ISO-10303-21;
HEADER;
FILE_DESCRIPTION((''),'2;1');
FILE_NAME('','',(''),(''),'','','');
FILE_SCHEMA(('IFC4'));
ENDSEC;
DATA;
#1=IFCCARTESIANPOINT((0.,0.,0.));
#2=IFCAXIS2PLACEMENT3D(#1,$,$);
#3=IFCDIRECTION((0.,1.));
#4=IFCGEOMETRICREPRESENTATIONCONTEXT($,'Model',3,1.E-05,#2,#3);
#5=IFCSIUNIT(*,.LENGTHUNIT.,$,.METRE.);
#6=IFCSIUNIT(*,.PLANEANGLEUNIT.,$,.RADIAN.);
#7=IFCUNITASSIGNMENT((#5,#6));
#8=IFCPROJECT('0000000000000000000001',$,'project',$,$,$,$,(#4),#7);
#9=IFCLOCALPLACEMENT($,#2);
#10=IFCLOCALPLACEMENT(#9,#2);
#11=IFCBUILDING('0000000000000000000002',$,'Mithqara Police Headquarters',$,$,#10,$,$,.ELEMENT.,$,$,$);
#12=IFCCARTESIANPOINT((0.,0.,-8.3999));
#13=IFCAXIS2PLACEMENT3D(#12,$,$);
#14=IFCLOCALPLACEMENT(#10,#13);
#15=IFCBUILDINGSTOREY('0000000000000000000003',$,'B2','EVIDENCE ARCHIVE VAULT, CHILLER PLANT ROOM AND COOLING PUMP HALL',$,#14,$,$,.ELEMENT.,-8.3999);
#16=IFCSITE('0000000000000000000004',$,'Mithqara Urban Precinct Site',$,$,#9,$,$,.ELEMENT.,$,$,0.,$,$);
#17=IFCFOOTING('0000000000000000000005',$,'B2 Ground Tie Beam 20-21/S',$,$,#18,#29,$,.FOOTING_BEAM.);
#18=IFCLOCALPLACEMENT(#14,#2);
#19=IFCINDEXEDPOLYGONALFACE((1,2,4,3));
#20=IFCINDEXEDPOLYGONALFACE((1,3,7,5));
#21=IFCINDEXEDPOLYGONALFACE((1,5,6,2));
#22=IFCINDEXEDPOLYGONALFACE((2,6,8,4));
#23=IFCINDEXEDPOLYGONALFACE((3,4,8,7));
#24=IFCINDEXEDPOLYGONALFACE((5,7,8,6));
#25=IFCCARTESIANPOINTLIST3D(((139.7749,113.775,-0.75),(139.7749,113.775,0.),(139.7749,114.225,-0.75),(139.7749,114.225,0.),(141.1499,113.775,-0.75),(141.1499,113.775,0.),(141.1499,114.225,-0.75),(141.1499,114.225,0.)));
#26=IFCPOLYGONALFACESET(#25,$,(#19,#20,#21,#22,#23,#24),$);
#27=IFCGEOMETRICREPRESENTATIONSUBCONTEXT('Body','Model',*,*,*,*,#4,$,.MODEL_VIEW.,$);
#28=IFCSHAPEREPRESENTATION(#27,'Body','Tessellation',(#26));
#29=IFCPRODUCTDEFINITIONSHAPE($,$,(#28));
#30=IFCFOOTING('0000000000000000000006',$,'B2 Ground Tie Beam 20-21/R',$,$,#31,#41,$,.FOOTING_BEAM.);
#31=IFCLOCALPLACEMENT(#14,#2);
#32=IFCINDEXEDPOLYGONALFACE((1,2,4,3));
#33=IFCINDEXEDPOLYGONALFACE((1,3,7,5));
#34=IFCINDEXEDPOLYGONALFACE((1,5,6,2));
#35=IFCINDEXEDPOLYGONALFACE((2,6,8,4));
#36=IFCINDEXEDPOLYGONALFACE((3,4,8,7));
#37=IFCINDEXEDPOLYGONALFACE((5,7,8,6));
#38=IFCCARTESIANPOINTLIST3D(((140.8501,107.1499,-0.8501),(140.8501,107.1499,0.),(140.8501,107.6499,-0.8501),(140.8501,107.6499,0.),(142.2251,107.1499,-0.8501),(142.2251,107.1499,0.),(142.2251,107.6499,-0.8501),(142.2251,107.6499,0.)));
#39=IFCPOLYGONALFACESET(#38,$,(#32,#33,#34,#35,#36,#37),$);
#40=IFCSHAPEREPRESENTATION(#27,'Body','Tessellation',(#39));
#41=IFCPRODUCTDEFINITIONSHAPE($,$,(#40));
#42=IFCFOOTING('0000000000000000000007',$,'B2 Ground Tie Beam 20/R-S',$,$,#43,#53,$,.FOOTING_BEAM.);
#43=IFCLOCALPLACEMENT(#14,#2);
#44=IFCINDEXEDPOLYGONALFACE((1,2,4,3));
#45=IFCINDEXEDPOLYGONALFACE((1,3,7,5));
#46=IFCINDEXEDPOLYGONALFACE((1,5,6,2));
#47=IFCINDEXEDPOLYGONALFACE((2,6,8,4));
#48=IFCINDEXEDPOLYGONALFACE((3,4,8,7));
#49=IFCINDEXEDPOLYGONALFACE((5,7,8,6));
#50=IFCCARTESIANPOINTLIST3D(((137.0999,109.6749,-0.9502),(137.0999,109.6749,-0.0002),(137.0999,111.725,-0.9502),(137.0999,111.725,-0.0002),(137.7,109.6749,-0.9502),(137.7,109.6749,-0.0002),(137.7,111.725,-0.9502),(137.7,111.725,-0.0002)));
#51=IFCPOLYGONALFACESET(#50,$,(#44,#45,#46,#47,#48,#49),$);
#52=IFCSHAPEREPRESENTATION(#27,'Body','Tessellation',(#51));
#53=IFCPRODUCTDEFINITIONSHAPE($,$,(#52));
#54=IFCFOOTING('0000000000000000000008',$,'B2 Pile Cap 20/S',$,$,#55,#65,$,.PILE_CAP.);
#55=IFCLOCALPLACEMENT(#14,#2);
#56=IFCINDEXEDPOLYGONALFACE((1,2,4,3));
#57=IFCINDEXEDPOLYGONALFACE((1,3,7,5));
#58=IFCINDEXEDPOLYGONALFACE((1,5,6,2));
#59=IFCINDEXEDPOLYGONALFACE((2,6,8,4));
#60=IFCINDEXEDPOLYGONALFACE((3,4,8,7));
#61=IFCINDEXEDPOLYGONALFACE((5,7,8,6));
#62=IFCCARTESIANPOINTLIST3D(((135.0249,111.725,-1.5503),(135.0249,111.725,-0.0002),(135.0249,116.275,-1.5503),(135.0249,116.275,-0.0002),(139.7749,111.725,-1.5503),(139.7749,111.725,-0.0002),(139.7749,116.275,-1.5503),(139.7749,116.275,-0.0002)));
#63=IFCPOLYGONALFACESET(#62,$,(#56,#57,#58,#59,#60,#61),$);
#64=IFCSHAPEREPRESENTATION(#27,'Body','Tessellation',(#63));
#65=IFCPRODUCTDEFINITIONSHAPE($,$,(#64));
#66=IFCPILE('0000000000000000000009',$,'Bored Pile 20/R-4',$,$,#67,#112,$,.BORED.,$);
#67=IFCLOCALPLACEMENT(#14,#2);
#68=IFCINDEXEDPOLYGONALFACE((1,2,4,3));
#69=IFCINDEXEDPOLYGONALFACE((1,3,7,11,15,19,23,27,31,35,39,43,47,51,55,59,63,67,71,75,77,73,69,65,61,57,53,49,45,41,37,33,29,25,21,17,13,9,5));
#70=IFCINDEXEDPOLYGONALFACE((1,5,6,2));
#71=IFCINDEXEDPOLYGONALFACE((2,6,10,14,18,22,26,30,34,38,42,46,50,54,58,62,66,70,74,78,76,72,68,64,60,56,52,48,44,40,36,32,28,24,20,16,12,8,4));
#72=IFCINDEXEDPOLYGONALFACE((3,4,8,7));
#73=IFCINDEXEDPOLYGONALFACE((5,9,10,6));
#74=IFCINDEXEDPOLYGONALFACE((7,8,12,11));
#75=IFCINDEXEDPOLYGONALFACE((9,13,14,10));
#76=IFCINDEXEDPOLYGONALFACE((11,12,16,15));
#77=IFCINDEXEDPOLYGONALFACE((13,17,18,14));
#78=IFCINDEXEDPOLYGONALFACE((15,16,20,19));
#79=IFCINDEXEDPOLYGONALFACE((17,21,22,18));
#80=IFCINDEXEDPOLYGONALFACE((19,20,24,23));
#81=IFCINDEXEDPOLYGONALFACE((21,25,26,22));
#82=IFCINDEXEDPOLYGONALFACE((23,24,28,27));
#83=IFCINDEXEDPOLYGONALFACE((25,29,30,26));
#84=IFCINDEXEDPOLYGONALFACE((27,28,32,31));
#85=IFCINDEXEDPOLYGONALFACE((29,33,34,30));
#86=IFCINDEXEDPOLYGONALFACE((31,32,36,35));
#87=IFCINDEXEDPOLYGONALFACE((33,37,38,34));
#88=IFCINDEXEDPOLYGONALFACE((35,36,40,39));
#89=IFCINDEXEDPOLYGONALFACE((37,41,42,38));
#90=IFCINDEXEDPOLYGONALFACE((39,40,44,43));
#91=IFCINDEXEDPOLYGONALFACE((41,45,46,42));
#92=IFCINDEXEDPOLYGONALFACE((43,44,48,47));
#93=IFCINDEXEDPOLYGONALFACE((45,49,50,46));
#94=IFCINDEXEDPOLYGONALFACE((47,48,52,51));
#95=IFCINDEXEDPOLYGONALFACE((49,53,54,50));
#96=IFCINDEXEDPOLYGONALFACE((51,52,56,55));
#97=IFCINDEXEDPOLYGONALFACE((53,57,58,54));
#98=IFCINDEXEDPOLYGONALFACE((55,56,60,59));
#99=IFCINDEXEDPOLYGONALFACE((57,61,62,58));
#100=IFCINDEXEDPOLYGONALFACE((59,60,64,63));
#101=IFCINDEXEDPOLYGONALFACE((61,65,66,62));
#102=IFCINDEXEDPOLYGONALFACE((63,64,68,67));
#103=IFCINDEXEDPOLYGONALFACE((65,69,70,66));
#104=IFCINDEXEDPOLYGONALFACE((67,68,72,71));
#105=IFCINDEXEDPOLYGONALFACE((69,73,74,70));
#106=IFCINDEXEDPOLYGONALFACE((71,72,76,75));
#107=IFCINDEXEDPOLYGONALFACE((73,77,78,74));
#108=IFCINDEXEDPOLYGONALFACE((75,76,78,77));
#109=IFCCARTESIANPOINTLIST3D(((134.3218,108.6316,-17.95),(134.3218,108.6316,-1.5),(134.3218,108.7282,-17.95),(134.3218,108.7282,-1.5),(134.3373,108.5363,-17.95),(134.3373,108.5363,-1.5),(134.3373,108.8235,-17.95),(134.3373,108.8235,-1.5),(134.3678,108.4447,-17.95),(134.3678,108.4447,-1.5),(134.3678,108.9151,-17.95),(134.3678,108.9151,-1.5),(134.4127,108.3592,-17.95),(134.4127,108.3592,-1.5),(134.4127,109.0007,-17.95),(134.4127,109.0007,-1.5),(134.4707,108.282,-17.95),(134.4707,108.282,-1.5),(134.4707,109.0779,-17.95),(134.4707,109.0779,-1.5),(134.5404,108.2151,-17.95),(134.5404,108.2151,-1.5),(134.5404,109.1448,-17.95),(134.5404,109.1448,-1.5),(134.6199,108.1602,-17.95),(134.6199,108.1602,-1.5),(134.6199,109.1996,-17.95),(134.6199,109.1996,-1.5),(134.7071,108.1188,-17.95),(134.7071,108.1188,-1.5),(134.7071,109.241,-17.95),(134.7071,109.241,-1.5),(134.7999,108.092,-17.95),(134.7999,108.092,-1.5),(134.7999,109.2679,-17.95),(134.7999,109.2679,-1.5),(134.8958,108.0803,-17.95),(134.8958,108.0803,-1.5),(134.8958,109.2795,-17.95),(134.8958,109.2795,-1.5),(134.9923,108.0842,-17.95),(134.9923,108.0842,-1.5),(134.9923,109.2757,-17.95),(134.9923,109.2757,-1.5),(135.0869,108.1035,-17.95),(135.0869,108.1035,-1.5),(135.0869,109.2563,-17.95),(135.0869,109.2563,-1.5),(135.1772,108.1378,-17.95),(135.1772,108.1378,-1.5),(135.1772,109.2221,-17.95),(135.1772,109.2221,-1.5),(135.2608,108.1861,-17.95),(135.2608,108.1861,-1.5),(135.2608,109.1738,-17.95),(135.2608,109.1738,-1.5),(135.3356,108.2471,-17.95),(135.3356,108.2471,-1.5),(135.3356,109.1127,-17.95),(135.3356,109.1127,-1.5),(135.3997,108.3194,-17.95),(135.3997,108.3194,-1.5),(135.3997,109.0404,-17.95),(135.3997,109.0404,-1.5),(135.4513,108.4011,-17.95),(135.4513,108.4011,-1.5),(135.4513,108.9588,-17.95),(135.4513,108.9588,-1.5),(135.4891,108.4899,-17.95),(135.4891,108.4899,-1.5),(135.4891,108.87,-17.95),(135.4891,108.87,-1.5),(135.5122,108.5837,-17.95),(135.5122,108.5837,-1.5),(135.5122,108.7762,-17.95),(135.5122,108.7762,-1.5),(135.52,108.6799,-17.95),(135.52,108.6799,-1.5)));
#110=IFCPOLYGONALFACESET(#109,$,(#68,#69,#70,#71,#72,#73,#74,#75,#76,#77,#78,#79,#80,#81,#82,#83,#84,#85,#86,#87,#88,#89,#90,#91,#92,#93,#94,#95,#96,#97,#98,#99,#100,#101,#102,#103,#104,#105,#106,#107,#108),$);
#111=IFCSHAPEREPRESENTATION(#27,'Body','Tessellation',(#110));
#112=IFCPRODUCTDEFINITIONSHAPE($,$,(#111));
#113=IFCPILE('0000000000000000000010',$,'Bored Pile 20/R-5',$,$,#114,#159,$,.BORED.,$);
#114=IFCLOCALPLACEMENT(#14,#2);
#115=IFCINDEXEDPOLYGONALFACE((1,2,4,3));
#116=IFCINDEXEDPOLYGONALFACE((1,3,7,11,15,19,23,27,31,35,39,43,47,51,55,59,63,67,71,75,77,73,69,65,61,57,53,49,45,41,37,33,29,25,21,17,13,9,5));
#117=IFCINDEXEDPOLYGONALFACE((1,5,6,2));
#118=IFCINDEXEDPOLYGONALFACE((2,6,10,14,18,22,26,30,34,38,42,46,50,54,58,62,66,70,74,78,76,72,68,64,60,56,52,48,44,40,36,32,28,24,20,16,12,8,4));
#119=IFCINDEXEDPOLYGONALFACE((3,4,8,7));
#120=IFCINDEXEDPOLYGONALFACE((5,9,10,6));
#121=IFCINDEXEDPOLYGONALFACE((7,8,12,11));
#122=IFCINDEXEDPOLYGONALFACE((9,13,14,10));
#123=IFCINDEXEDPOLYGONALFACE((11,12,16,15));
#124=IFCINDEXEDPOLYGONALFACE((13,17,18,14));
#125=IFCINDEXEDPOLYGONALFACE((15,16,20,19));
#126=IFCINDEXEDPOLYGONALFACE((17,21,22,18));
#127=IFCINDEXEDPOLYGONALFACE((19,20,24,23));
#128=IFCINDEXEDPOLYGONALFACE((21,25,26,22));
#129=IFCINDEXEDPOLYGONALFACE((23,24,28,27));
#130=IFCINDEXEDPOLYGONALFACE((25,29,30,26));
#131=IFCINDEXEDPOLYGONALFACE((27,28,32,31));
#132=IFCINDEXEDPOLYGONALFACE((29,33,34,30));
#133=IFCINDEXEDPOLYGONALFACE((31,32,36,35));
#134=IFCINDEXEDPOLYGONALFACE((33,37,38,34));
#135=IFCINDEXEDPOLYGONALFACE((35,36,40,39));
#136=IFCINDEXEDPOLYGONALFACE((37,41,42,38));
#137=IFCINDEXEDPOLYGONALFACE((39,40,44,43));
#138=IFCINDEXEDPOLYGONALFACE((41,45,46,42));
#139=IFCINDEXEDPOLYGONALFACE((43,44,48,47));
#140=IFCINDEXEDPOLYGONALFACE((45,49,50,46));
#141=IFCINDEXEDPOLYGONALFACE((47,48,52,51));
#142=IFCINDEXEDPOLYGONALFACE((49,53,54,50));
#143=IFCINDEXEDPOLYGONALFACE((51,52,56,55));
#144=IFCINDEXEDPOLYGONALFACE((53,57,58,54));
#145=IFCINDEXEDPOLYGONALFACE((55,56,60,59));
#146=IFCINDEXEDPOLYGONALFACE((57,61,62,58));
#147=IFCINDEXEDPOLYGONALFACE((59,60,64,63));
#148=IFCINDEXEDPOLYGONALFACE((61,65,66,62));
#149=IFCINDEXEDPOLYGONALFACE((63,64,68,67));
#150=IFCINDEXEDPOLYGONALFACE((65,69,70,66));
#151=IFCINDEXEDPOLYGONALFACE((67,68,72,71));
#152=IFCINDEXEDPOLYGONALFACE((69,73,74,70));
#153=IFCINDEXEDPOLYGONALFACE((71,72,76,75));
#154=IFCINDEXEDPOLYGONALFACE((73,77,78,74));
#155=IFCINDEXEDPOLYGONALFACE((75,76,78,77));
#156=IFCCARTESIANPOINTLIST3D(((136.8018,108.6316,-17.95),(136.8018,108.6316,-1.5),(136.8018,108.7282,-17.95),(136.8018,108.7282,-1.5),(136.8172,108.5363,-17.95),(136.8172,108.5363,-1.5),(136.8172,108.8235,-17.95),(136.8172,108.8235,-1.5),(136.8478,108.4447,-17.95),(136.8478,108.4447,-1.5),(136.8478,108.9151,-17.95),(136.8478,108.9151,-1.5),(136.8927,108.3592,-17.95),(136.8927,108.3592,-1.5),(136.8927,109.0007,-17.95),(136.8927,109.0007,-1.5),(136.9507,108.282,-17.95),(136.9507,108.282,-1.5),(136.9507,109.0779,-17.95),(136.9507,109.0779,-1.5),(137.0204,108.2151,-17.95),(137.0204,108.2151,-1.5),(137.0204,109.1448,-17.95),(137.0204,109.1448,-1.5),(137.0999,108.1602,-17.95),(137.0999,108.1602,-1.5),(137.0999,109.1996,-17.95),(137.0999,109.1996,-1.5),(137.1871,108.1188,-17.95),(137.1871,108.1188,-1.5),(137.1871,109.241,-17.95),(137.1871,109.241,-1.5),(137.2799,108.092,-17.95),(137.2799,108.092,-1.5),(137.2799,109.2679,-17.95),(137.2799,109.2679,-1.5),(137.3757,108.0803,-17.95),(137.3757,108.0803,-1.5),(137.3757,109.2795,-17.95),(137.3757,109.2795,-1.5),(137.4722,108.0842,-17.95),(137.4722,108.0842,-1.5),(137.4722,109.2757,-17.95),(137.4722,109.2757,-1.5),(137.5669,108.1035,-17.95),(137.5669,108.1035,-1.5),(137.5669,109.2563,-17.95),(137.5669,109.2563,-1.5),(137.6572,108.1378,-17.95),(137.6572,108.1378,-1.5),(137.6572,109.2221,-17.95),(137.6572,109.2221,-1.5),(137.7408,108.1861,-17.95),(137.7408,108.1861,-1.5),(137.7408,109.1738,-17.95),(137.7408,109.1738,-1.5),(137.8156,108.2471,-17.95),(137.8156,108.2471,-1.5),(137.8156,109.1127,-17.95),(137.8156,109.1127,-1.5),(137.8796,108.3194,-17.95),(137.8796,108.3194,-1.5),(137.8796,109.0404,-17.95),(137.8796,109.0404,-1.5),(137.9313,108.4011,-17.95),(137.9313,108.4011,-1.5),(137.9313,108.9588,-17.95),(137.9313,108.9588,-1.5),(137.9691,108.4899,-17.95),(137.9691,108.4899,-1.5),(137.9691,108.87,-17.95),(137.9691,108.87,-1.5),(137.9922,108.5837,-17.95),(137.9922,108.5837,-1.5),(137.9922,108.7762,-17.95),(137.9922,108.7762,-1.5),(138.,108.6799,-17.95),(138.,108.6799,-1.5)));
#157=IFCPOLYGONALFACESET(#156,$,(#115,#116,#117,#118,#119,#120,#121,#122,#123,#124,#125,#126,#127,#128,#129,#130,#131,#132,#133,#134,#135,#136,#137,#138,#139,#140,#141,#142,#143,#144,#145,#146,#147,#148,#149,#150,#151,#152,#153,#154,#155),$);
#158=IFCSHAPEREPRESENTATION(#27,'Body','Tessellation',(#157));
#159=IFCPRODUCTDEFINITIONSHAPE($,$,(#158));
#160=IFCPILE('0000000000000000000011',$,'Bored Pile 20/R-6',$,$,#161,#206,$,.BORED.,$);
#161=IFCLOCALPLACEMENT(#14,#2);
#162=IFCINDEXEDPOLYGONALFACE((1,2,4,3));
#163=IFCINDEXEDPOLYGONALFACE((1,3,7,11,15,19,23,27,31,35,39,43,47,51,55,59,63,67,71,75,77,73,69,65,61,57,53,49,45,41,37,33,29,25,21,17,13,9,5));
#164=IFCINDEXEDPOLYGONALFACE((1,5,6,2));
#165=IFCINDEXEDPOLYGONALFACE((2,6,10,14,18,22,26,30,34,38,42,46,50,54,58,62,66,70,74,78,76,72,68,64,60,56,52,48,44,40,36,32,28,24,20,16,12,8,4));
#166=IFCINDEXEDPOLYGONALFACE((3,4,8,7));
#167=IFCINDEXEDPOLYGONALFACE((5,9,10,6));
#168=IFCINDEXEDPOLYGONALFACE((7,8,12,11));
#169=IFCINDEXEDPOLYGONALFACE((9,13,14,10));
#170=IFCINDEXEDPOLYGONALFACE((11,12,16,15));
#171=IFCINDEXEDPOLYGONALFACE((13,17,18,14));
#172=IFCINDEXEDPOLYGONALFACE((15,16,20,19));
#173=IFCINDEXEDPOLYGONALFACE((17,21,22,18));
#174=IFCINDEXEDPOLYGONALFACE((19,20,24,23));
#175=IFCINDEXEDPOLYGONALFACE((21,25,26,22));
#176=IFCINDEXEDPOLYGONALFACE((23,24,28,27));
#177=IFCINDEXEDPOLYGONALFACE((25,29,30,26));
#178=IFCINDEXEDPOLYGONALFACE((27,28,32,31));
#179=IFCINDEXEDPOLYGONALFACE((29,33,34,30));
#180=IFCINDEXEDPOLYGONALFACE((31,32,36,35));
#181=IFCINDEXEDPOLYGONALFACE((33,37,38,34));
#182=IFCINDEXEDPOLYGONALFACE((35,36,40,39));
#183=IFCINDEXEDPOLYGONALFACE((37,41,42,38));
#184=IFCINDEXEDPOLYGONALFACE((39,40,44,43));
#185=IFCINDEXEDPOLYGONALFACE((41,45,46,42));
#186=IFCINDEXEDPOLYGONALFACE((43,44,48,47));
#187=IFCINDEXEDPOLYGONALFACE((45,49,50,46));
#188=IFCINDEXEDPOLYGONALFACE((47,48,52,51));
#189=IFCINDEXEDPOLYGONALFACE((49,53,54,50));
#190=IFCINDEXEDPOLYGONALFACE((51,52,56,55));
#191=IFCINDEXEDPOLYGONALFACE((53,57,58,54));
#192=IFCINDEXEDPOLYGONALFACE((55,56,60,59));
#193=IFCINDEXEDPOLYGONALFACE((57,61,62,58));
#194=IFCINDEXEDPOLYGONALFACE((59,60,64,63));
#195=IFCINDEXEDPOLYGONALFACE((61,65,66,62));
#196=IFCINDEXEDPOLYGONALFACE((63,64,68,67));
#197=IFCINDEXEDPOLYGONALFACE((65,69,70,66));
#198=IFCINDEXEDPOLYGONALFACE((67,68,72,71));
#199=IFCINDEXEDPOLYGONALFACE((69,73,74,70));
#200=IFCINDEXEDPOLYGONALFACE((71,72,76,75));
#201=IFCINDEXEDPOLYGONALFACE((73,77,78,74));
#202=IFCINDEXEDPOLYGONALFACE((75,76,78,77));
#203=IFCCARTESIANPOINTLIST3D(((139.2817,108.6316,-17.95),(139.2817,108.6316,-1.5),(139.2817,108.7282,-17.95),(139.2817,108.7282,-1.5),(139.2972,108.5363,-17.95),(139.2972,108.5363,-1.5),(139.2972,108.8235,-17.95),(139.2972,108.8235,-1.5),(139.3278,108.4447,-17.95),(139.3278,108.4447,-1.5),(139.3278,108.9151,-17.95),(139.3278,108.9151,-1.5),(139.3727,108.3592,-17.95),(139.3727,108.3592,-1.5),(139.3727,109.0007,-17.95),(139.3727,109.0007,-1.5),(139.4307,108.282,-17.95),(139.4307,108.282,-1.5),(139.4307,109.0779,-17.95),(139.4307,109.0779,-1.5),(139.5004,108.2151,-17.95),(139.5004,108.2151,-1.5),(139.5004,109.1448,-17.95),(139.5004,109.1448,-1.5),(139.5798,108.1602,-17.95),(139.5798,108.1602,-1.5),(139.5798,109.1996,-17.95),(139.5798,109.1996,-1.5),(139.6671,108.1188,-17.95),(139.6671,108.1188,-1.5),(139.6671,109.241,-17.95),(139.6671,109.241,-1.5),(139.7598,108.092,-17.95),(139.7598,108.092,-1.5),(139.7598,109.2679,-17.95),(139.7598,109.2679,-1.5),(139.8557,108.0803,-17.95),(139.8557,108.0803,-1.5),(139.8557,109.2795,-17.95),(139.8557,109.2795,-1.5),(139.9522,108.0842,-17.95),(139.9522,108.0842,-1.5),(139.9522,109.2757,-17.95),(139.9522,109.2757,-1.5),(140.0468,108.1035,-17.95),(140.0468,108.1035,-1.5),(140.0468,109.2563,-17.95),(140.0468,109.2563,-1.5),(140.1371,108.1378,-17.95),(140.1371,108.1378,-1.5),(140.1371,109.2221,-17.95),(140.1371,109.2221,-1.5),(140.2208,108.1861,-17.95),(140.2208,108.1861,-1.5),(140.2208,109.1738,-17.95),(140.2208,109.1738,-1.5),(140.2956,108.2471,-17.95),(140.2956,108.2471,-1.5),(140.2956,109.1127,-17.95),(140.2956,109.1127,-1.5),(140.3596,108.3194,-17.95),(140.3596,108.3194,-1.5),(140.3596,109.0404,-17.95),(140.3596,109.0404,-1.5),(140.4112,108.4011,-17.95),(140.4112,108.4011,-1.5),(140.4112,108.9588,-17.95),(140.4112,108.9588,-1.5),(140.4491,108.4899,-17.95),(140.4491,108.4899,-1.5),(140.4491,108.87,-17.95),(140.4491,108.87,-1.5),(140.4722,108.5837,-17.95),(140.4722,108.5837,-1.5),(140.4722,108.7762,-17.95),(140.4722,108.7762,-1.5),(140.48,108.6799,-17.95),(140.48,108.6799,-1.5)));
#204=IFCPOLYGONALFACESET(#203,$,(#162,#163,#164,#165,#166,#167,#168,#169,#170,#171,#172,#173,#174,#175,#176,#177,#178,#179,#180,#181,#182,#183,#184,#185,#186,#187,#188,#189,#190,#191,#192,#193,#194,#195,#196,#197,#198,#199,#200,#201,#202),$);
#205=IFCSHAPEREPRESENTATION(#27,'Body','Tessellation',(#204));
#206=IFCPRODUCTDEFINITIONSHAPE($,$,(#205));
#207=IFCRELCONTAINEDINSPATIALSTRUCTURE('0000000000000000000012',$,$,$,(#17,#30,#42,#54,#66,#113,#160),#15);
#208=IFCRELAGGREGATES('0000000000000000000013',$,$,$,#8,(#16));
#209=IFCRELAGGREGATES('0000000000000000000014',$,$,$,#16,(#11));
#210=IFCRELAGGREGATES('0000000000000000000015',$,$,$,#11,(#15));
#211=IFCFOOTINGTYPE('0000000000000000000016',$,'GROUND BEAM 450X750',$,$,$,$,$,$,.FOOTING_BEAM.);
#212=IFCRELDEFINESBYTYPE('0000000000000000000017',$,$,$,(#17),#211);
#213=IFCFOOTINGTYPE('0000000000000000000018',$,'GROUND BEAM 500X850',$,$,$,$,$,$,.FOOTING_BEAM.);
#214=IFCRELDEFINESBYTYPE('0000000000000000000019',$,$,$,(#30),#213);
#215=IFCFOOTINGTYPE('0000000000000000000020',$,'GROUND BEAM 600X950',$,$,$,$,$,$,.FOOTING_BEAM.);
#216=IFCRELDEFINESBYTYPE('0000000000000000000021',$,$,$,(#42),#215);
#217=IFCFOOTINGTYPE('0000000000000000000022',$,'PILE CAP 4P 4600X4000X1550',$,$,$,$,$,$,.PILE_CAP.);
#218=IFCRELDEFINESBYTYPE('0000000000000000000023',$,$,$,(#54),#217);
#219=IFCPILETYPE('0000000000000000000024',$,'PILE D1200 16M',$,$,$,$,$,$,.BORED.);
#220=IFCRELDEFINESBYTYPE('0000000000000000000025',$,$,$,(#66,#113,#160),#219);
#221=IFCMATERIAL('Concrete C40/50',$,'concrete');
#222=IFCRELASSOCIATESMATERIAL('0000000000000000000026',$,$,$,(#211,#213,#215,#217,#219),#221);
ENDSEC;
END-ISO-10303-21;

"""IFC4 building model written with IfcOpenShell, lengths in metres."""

from ifc_helpers import new_model, si_unit, direction, frame, origin, origin_2d, place, context, subcontext, project, spatial, rectangle, circle, extrude, material, material_profile, profile_set, type_object, element, save


model = new_model("IFC4")

# Units and contexts
model_context = context("Model", 3, precision=1e-05, world=origin(), true_north=direction((0.0, 1.0)))
body_context = subcontext(model_context, "Body", "Model", "MODEL_VIEW")
ifc_project = project(units=[si_unit("LENGTHUNIT", "METRE"), si_unit("PLANEANGLEUNIT", "RADIAN")], contexts=[model_context])

# Site, building, storey
site_placement = place(None, origin())
site = spatial("IfcSite", under=ifc_project, at=site_placement, Name="Mithqara Urban Precinct Site", CompositionType="ELEMENT", RefElevation=0.0)
building_placement = place(site_placement, origin())
building = spatial("IfcBuilding", under=site, at=building_placement, Name="Mithqara Police Headquarters", CompositionType="ELEMENT")
storey_placement = place(building_placement, frame((0.0, 0.0, -8.3999)))
storey = spatial("IfcBuildingStorey", under=building, at=storey_placement, Name="B2", Description="EVIDENCE ARCHIVE VAULT, CHILLER PLANT ROOM AND COOLING PUMP HALL", CompositionType="ELEMENT", Elevation=-8.3999)

# Footings
ifc_material_1 = material(Name="Concrete C40/50", Category="concrete")
footing_type_1 = type_object("IfcFootingType", Name="GROUND BEAM 450X750", PredefinedType="FOOTING_BEAM", material=ifc_material_1)
footing_1_placement = place(storey_placement, frame((140.4624, 114.0, -0.75), z_axis=(0.0, 0.0, 1.0), x_axis=(1.0, 0.0, 0.0)))
element("IfcFooting", 1, at=footing_1_placement, inside=storey, type_object=footing_type_1, Name="B2 Ground Tie Beam 20-21/S", PredefinedType="FOOTING_BEAM", context=body_context, shape_type="SweptSolid", body=[
    extrude(rectangle(XDim=1.375, YDim=0.45, at=origin_2d()), origin(), (0.0, 0.0, 1.0), 0.75),
])
footing_type_2 = type_object("IfcFootingType", Name="GROUND BEAM 500X850", PredefinedType="FOOTING_BEAM", material=ifc_material_1)
footing_2_placement = place(storey_placement, frame((141.5376, 107.3999, -0.8501), z_axis=(0.0, 0.0, 1.0), x_axis=(1.0, 0.0, 0.0)))
element("IfcFooting", 2, at=footing_2_placement, inside=storey, type_object=footing_type_2, Name="B2 Ground Tie Beam 20-21/R", PredefinedType="FOOTING_BEAM", context=body_context, shape_type="SweptSolid", body=[
    extrude(rectangle(XDim=1.375, YDim=0.5, at=origin_2d()), origin(), (0.0, 0.0, 1.0), 0.8501),
])
footing_type_3 = type_object("IfcFootingType", Name="GROUND BEAM 600X950", PredefinedType="FOOTING_BEAM", material=ifc_material_1)
footing_3_placement = place(storey_placement, frame((137.3999, 110.7, -0.9502), z_axis=(0.0, 0.0, 1.0), x_axis=(1.0, 0.0, 0.0)))
element("IfcFooting", 3, at=footing_3_placement, inside=storey, type_object=footing_type_3, Name="B2 Ground Tie Beam 20/R-S", PredefinedType="FOOTING_BEAM", context=body_context, shape_type="SweptSolid", body=[
    extrude(rectangle(XDim=0.6001, YDim=2.05, at=origin_2d()), origin(), (0.0, 0.0, 1.0), 0.95),
])
footing_type_4 = type_object("IfcFootingType", Name="PILE CAP 4P 4600X4000X1550", PredefinedType="PILE_CAP", material=ifc_material_1)
footing_4_placement = place(storey_placement, frame((137.3999, 114.0, -1.5503), z_axis=(0.0, 0.0, 1.0), x_axis=(1.0, 0.0, 0.0)))
element("IfcFooting", 4, at=footing_4_placement, inside=storey, type_object=footing_type_4, Name="B2 Pile Cap 20/S", PredefinedType="PILE_CAP", context=body_context, shape_type="SweptSolid", body=[
    extrude(rectangle(XDim=4.75, YDim=4.55, at=origin_2d()), origin(), (0.0, 0.0, 1.0), 1.55),
])

# Piles
ifc_material_profile_1 = material_profile(ifc_material_1, circle(Radius=0.6001, at=origin_2d()), Name="PILE D1200")
ifc_profile_set_1 = profile_set([ifc_material_profile_1], Name="Concrete C40/50")
pile_type = type_object("IfcPileType", Name="PILE D1200 16M", PredefinedType="BORED", material=ifc_profile_set_1)
for number, where, z_axis, x_axis, name in (
    (5, (134.9199, 108.6799, -1.5), (0.0, 0.0, -1.0), (1.0, 0.0, 0.0), "Bored Pile 20/R-4"),
    (6, (137.3999, 108.6799, -1.5), (0.0, 0.0, -1.0), (1.0, 0.0, 0.0), "Bored Pile 20/R-5"),
    (7, (139.8799, 108.6799, -1.5), (0.0, 0.0, -1.0), (1.0, 0.0, 0.0), "Bored Pile 20/R-6"),
):
    element("IfcPile", number, at=place(storey_placement, frame(where, z_axis=z_axis, x_axis=x_axis)), inside=storey, type_object=pile_type, Name=name, PredefinedType="BORED", context=body_context, shape_type="SweptSolid", body=[
        extrude(circle(Radius=0.6001, at=origin_2d()), origin(), (0.0, 0.0, 1.0), 16.45),
    ])

save(model, "model.ifc")
